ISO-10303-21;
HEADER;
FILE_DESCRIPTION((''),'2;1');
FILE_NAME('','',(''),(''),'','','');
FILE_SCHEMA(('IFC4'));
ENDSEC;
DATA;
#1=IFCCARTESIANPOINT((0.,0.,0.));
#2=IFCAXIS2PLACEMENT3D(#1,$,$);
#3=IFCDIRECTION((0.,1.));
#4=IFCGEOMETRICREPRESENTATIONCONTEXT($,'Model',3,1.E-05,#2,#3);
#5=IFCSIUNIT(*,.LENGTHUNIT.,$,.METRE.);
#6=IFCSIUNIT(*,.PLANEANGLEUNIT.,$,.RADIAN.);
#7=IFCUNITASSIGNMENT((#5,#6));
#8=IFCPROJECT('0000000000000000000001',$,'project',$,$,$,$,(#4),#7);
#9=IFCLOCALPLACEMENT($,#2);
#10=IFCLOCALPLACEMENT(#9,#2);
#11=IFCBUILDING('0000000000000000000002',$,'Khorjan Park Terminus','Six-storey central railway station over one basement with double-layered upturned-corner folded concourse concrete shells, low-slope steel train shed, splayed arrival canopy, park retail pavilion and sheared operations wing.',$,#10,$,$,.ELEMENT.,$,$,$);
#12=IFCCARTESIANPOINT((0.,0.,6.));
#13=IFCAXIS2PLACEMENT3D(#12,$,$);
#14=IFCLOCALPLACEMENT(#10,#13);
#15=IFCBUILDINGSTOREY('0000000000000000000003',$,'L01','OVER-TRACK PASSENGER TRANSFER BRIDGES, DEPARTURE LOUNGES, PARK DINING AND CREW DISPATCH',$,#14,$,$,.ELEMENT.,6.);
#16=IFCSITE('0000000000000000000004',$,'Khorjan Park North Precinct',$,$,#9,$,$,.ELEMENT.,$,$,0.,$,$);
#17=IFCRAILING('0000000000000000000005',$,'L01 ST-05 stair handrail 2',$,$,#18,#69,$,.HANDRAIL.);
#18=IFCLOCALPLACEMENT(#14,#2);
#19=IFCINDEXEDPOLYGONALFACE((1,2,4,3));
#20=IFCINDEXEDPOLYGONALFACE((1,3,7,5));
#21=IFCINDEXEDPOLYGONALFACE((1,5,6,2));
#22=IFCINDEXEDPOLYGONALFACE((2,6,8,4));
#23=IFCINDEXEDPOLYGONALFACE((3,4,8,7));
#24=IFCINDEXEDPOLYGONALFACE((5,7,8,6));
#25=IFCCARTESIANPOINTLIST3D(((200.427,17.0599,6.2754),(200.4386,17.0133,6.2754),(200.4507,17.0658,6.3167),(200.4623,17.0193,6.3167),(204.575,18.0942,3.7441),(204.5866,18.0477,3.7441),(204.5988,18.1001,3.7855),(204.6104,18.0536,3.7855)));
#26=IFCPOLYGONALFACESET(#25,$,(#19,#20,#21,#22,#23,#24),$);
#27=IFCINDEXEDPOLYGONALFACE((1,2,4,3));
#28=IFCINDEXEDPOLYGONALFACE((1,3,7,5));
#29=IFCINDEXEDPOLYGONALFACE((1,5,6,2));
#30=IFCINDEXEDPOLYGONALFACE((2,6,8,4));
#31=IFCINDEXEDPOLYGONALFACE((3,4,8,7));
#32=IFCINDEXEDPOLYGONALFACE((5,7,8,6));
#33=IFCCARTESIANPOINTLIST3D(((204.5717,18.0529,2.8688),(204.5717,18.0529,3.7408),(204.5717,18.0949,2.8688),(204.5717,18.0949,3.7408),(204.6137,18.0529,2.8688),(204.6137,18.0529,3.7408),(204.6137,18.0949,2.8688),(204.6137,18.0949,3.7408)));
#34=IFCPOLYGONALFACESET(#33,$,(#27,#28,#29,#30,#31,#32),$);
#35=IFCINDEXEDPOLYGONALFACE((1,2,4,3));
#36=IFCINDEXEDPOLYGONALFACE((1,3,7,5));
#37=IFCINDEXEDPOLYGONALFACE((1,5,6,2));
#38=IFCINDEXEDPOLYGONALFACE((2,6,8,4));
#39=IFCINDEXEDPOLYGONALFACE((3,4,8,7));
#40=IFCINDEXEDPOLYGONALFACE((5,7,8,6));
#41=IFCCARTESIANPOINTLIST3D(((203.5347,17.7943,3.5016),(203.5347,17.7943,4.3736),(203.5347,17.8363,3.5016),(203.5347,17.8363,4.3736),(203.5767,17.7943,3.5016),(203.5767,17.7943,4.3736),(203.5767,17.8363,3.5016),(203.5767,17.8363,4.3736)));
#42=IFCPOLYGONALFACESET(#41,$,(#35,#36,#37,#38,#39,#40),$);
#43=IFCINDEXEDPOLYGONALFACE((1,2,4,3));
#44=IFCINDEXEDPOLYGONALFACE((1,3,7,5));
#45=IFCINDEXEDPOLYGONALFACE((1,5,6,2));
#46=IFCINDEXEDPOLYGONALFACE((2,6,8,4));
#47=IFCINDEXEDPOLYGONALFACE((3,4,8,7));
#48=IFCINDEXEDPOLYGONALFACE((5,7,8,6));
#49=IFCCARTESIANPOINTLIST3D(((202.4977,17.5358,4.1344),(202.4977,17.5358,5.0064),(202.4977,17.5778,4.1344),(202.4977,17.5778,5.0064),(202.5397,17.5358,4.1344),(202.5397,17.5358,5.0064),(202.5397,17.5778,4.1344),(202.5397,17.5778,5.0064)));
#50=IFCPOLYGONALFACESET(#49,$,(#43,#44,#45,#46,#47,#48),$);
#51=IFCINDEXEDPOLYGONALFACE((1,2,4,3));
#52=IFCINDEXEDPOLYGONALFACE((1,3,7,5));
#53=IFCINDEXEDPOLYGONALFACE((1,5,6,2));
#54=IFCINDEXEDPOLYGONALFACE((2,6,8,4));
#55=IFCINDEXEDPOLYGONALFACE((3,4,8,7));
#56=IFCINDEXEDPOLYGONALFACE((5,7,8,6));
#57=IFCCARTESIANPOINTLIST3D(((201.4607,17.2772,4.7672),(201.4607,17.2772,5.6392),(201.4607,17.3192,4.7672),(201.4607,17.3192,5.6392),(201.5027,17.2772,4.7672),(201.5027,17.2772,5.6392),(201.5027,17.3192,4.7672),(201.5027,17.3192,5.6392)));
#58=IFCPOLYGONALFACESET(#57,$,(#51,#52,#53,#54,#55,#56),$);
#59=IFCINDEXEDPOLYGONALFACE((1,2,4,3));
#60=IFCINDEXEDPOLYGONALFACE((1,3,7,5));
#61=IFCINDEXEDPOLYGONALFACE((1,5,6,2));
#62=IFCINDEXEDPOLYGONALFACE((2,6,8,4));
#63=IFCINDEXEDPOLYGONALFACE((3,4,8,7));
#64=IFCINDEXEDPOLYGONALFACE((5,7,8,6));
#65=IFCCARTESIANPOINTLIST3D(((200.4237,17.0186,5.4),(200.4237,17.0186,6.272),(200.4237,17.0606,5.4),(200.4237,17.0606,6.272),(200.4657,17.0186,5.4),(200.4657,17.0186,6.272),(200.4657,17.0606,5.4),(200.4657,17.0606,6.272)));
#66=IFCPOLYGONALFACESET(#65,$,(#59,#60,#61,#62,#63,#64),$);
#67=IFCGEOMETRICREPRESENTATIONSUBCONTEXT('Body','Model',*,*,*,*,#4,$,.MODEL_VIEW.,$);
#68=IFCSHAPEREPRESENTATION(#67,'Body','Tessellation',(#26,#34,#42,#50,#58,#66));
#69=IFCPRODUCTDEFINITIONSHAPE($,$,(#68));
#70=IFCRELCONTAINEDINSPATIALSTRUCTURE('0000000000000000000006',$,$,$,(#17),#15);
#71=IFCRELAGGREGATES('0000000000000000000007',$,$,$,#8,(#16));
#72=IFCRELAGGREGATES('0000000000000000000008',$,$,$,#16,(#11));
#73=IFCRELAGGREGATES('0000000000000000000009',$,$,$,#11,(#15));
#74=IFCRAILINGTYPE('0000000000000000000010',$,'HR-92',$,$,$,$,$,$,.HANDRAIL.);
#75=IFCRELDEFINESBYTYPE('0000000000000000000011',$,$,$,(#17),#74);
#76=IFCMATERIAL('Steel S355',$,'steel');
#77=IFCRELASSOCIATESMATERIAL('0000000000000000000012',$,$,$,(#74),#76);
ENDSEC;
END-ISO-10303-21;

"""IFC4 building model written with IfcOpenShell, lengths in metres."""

from ifc_helpers import new_model, si_unit, direction, frame, origin, origin_2d, place, context, subcontext, project, spatial, rectangle, extrude, material, type_object, element, save


model = new_model("IFC4")

# Units and contexts
model_context = context("Model", 3, precision=1e-05, world=origin(), true_north=direction((0.0, 1.0)))
body_context = subcontext(model_context, "Body", "Model", "MODEL_VIEW")
ifc_project = project(units=[si_unit("LENGTHUNIT", "METRE"), si_unit("PLANEANGLEUNIT", "RADIAN")], contexts=[model_context])

# Site, building, storey
site_placement = place(None, origin())
site = spatial("IfcSite", under=ifc_project, at=site_placement, Name="Khorjan Park North Precinct", CompositionType="ELEMENT", RefElevation=0.0)
building_placement = place(site_placement, origin())
building = spatial("IfcBuilding", under=site, at=building_placement, Name="Khorjan Park Terminus", Description="Six-storey central railway station over one basement with double-layered upturned-corner folded concourse concrete shells, low-slope steel train shed, splayed arrival canopy, park retail pavilion and sheared operations wing.", CompositionType="ELEMENT")
storey_placement = place(building_placement, frame((0.0, 0.0, 6.0)))
storey = spatial("IfcBuildingStorey", under=building, at=storey_placement, Name="L01", Description="OVER-TRACK PASSENGER TRANSFER BRIDGES, DEPARTURE LOUNGES, PARK DINING AND CREW DISPATCH", CompositionType="ELEMENT", Elevation=6.0)

# Shared definitions
ifc_material_1 = material(Name="Steel S355", Category="steel")

# Railing
railing_type_1 = type_object("IfcRailingType", Name="HR-92", PredefinedType="HANDRAIL", material=ifc_material_1)
railing_1_placement = place(storey_placement, frame((204.5927, 18.0739, 2.8688)))
element("IfcRailing", 1, at=railing_1_placement, inside=storey, type_object=railing_type_1, Name="L01 ST-05 stair handrail 2", PredefinedType="HANDRAIL", context=body_context, shape_type="SweptSolid", body=[
    extrude(rectangle(XDim=0.048, YDim=0.048, at=origin_2d()), frame((0.0, 0.0, 0.896), z_axis=(-0.834916, -0.208186, 0.509484), x_axis=(0.241941, -0.970291, 0.0)), (0.0, 0.0, 1.0), 4.9682),
    extrude(rectangle(XDim=0.042, YDim=0.042, at=origin_2d()), origin(), (0.0, 0.0, 1.0), 0.872),
    extrude(rectangle(XDim=0.042, YDim=0.042, at=origin_2d()), frame((-1.037, -0.2586, 0.6328)), (0.0, 0.0, 1.0), 0.872),
    extrude(rectangle(XDim=0.042, YDim=0.042, at=origin_2d()), frame((-2.074, -0.5171, 1.2656)), (0.0, 0.0, 1.0), 0.872),
    extrude(rectangle(XDim=0.042, YDim=0.042, at=origin_2d()), frame((-3.111, -0.7757, 1.8984)), (0.0, 0.0, 1.0), 0.872),
    extrude(rectangle(XDim=0.042, YDim=0.042, at=origin_2d()), frame((-4.148, -1.0343, 2.5312)), (0.0, 0.0, 1.0), 0.872),
])

save(model, "model.ifc")
